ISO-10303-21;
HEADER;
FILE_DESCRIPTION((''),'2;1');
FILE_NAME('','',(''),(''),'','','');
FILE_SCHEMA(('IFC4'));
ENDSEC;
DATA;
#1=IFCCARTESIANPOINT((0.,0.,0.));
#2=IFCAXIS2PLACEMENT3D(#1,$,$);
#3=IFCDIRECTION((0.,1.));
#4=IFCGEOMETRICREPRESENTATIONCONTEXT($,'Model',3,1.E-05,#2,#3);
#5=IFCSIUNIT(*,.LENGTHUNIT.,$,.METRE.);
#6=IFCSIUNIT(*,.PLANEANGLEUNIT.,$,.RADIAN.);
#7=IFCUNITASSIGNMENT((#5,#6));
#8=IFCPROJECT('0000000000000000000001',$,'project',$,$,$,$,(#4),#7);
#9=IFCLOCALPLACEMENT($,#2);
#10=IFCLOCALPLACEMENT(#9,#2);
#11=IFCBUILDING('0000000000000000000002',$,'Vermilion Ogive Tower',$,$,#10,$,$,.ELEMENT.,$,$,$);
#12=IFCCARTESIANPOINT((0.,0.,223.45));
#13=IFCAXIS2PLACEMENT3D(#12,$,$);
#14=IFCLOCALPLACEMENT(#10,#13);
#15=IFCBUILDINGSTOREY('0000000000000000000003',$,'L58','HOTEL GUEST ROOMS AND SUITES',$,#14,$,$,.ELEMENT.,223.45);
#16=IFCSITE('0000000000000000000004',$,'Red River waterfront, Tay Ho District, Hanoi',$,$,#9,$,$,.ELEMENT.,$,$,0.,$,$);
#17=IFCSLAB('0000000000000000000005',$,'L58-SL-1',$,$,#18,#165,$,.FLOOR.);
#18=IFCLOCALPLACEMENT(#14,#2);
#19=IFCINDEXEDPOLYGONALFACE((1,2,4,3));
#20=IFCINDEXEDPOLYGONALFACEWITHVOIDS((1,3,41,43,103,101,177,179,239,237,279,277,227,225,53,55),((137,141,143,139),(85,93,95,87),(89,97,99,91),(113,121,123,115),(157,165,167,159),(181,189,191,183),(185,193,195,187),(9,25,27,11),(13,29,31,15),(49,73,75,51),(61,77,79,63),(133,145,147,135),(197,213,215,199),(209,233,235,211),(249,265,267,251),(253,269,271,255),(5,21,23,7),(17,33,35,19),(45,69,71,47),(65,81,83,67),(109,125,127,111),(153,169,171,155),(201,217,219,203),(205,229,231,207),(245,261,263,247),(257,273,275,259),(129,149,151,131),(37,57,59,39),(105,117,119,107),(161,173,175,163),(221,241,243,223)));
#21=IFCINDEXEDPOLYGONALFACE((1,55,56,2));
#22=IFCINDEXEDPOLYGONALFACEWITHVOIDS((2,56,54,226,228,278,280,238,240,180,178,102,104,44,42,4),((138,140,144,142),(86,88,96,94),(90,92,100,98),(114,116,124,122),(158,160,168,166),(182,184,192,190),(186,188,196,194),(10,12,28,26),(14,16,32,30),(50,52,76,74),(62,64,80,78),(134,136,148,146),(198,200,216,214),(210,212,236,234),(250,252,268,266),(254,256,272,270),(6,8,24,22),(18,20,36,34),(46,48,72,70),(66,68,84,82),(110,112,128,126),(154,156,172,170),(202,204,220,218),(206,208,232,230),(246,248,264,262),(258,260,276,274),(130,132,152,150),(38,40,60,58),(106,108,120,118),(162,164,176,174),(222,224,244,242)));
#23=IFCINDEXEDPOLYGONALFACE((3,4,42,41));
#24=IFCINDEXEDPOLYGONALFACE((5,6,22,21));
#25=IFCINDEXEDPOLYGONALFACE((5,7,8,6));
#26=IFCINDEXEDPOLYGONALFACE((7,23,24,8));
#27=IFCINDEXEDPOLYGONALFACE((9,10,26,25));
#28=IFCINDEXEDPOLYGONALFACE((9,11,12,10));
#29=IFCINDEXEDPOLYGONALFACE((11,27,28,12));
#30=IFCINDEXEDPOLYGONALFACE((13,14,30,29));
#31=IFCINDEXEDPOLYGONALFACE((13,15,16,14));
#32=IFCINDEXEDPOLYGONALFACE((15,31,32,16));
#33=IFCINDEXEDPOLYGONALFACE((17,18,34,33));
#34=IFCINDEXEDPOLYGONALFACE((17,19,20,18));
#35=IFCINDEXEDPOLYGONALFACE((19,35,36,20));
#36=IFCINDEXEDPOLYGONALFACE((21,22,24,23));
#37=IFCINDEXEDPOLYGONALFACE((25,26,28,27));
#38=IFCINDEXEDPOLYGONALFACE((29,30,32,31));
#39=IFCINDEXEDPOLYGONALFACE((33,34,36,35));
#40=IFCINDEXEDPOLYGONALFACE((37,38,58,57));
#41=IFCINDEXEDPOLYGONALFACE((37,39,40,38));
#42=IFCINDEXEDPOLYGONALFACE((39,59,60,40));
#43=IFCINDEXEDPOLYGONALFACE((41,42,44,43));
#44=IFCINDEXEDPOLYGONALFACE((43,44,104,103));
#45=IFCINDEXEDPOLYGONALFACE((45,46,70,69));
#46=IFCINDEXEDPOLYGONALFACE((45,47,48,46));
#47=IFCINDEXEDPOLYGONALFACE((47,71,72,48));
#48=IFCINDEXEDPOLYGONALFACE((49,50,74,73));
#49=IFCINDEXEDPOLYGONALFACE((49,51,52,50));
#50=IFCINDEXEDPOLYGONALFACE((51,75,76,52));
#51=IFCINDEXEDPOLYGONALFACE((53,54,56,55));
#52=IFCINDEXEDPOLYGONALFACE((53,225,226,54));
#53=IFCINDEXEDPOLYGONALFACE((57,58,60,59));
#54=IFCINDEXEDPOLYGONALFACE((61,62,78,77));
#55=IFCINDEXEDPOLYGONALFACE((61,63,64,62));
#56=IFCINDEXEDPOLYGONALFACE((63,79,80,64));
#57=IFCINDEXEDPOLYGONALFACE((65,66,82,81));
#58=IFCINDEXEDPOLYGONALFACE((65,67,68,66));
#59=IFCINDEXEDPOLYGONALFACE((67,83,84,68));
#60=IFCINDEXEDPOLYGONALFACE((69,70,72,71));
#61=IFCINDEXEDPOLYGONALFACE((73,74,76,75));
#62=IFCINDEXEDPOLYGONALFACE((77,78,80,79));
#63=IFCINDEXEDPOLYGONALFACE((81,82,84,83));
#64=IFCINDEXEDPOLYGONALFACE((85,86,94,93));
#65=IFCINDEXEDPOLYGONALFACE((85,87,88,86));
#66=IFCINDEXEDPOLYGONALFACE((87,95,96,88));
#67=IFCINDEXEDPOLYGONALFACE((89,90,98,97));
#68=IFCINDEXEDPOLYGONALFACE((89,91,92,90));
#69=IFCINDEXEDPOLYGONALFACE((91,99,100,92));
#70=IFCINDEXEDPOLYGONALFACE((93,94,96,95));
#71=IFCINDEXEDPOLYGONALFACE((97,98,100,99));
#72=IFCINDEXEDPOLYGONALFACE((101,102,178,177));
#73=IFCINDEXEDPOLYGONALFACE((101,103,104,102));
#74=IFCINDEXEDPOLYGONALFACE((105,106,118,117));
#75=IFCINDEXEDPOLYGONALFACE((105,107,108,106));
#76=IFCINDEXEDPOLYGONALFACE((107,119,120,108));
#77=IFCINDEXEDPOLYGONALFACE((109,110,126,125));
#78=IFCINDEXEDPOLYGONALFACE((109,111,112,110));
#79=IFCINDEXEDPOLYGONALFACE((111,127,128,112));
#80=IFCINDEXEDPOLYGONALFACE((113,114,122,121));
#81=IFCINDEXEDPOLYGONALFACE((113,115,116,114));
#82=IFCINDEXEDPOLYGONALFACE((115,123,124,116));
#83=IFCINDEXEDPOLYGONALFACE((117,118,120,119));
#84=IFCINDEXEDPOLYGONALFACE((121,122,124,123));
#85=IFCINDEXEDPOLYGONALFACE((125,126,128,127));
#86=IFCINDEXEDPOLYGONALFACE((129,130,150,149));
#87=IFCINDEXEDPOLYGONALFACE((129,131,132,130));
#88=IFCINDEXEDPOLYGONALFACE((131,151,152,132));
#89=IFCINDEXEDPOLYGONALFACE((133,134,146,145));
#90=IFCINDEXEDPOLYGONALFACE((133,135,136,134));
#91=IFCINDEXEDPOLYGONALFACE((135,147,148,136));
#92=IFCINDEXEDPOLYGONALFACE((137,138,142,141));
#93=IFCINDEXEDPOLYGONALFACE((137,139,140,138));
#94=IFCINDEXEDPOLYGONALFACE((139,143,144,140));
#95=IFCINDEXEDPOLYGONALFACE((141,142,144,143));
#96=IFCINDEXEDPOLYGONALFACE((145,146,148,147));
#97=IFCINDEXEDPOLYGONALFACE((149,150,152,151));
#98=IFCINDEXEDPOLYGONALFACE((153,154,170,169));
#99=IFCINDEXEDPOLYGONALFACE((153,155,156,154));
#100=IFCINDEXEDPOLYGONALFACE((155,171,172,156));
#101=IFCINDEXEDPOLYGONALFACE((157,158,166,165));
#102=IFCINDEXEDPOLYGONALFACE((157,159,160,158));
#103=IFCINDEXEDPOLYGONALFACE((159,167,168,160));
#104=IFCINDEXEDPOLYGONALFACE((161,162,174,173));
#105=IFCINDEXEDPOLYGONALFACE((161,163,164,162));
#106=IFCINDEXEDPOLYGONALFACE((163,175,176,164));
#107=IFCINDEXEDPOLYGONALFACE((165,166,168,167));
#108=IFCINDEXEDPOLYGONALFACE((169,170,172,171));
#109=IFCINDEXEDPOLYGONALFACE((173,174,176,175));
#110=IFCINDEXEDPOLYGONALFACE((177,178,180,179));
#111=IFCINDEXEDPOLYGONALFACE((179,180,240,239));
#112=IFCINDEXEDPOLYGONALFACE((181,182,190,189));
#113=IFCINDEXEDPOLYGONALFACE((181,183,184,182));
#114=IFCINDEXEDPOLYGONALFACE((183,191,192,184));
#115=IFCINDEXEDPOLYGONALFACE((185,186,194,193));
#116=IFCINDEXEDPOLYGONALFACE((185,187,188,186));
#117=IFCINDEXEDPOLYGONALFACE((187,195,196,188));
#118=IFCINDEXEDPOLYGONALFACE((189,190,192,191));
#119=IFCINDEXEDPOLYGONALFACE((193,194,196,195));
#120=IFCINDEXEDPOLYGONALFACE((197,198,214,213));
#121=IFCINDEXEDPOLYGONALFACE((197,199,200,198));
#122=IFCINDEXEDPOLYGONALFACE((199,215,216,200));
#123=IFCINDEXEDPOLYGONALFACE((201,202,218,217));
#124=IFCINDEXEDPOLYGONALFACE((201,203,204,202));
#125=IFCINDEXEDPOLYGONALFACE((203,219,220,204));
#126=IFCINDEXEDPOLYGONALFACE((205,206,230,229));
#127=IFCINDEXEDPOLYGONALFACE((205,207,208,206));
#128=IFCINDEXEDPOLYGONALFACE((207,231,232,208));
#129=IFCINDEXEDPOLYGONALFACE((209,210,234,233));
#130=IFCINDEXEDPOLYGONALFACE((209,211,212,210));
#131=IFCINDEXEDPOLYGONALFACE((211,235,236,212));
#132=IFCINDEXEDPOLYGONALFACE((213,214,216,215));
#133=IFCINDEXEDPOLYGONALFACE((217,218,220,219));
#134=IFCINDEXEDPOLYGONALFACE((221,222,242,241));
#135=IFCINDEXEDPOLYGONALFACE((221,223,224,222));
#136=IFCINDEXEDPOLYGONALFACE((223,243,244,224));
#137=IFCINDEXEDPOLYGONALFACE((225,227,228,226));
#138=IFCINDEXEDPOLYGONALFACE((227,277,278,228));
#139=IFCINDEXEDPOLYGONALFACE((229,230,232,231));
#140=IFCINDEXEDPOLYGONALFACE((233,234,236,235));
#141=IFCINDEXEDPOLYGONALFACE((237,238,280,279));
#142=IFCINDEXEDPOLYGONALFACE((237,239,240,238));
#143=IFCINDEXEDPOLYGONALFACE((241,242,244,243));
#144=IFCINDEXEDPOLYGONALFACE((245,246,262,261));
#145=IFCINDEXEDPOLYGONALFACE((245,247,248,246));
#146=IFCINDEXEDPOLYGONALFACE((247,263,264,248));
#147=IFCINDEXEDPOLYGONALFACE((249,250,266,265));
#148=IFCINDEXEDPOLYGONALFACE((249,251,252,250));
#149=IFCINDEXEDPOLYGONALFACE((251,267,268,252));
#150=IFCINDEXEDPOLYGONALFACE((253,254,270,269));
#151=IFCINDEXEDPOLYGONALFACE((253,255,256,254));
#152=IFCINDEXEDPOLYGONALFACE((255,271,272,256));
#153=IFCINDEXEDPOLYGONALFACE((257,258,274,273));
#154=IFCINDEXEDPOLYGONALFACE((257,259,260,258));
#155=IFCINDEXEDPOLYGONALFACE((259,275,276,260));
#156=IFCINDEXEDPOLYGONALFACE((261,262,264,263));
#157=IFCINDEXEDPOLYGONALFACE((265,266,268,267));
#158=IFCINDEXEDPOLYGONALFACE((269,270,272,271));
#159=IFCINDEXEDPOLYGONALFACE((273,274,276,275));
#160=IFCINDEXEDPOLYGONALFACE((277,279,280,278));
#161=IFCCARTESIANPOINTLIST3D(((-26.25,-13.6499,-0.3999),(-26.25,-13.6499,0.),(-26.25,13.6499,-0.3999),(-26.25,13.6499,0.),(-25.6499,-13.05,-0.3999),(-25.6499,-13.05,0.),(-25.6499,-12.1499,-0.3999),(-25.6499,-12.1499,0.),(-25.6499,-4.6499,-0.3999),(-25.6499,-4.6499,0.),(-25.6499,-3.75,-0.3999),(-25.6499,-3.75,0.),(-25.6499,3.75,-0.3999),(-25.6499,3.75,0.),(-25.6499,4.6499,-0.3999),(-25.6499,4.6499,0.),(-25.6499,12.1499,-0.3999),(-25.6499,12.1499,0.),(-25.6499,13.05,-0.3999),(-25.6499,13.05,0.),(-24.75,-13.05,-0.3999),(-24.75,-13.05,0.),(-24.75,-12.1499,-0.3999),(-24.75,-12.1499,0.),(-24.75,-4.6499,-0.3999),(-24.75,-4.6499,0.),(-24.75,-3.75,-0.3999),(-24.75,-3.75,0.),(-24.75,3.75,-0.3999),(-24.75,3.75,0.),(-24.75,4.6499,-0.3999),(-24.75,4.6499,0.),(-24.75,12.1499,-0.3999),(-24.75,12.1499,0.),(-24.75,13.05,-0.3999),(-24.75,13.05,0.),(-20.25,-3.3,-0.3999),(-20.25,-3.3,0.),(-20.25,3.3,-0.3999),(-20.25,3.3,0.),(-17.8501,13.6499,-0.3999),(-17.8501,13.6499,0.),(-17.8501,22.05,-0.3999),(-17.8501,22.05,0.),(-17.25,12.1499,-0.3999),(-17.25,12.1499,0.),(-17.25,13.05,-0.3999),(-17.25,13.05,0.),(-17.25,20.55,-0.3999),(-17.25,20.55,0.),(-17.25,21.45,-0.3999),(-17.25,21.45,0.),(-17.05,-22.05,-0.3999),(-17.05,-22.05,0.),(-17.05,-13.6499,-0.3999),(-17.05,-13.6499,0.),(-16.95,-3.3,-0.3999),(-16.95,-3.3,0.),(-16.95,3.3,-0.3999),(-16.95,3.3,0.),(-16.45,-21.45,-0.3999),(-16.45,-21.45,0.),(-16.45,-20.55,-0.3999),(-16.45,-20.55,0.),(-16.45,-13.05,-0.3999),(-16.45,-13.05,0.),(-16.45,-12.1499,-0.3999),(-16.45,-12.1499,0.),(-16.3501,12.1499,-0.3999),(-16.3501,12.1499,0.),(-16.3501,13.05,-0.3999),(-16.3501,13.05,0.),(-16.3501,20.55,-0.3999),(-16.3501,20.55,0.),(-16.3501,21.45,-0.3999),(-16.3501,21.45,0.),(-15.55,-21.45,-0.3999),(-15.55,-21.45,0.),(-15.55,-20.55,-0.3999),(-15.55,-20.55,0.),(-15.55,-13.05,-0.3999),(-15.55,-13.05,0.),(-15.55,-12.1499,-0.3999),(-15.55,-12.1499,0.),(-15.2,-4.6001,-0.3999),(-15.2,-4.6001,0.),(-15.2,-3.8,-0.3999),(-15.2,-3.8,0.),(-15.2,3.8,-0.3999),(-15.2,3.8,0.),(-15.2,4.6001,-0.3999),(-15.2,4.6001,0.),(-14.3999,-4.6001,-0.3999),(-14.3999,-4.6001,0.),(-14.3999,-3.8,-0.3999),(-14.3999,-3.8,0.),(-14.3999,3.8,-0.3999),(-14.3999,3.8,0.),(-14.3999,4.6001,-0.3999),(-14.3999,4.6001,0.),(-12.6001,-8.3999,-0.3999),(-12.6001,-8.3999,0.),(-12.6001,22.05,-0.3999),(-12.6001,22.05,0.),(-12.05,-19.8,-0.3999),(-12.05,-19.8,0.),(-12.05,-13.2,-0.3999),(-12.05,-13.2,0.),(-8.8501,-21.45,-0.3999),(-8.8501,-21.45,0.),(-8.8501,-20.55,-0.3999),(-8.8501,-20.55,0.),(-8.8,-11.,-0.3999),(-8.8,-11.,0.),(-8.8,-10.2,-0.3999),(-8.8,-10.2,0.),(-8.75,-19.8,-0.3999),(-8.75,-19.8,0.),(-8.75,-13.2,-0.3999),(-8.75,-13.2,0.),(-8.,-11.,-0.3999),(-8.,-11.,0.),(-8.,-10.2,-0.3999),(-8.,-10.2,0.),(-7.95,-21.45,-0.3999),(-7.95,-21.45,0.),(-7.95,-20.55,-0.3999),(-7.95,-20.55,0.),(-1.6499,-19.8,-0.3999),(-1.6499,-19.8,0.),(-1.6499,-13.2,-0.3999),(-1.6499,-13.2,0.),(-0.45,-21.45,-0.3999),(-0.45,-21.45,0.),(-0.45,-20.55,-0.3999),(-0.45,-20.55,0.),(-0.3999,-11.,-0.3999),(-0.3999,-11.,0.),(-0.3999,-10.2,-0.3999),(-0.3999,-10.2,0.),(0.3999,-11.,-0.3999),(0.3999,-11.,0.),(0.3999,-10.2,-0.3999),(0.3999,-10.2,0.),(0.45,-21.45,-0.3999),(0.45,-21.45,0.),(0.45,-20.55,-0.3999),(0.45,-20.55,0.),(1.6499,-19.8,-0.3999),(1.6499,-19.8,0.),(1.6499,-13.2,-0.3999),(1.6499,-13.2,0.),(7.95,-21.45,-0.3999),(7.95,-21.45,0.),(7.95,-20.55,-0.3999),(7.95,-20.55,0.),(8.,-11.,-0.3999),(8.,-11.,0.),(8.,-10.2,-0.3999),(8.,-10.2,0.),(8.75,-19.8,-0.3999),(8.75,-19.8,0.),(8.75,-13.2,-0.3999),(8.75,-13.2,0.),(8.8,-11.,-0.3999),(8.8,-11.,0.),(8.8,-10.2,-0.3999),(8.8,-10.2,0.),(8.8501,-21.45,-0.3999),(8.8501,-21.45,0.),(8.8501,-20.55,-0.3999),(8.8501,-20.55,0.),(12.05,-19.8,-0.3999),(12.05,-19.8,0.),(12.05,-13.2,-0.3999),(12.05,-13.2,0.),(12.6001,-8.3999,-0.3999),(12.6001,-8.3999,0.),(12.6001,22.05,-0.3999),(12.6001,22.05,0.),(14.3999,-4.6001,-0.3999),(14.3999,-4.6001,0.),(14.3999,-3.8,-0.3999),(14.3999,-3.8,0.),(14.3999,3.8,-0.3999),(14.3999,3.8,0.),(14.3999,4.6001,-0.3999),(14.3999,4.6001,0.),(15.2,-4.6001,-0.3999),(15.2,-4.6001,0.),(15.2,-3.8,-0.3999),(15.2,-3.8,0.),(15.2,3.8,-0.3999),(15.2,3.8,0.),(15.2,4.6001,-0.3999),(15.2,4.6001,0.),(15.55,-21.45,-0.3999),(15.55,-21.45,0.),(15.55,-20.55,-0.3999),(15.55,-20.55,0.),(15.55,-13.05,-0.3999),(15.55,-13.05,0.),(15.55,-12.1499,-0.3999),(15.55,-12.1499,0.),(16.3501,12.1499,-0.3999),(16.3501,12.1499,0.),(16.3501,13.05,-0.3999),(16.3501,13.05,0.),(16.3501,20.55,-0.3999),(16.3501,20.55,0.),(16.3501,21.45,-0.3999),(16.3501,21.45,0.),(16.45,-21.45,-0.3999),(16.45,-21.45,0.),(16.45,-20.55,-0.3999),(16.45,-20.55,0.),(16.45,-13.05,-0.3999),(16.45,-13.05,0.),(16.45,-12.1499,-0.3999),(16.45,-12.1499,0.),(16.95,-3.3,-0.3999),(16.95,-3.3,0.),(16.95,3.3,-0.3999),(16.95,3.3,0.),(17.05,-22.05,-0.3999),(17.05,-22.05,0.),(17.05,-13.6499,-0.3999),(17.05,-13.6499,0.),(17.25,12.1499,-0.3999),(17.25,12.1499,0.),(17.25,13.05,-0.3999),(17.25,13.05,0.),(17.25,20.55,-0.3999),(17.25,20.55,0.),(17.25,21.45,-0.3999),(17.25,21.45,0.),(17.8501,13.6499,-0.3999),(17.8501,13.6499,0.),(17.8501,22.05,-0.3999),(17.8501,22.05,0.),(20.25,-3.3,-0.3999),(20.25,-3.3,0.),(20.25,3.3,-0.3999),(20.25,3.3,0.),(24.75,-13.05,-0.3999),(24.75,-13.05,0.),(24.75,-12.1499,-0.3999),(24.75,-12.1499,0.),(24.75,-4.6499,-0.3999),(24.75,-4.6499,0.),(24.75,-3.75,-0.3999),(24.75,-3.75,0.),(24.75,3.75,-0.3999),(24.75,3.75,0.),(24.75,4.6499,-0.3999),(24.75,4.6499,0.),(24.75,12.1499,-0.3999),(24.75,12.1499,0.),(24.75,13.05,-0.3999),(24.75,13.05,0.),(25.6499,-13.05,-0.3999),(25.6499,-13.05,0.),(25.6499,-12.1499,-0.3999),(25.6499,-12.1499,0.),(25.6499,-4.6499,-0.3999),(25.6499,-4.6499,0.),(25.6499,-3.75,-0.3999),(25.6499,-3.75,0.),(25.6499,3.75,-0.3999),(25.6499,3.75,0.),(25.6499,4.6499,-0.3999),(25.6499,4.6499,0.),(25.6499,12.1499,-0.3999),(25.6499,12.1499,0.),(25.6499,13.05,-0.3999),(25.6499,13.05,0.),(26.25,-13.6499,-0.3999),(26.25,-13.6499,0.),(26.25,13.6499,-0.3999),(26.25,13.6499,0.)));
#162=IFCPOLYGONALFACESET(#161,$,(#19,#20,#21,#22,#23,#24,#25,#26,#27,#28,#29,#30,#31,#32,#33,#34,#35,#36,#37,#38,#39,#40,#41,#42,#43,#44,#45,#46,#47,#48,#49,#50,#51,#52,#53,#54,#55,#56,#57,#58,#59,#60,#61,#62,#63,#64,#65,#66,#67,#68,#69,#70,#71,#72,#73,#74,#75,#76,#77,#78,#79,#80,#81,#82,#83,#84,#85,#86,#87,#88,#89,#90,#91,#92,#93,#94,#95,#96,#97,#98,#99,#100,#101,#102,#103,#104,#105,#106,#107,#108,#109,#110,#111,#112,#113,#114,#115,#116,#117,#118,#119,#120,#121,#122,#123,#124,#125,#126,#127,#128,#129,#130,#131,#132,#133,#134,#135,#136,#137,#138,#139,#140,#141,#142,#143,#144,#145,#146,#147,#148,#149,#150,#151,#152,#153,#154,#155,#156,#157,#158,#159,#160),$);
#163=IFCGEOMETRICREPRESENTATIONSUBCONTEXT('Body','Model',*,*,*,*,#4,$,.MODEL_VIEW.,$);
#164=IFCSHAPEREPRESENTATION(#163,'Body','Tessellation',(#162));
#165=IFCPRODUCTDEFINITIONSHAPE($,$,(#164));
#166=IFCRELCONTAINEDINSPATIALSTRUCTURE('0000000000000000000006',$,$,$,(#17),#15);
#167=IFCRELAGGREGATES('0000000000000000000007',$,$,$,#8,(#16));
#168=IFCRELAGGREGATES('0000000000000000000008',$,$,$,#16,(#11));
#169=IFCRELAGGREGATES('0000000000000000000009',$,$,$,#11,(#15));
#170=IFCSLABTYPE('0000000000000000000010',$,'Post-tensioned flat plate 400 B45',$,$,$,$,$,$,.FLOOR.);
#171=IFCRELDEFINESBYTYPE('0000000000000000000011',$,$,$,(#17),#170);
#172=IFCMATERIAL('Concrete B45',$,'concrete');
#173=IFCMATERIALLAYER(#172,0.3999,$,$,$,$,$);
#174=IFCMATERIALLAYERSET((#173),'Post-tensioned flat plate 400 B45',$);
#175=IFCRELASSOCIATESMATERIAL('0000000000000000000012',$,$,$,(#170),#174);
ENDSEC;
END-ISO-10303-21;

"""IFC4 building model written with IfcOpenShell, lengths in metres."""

from ifc_helpers import new_model, si_unit, direction, frame, origin, place, context, subcontext, project, spatial, polyline, outline, extrude, material, layer, layer_set, type_object, element, save


model = new_model("IFC4")

# Units and contexts
model_context = context("Model", 3, precision=1e-05, world=origin(), true_north=direction((0.0, 1.0)))
body_context = subcontext(model_context, "Body", "Model", "MODEL_VIEW")
ifc_project = project(units=[si_unit("LENGTHUNIT", "METRE"), si_unit("PLANEANGLEUNIT", "RADIAN")], contexts=[model_context])

# Site, building, storey
site_placement = place(None, origin())
site = spatial("IfcSite", under=ifc_project, at=site_placement, Name="Red River waterfront, Tay Ho District, Hanoi", CompositionType="ELEMENT", RefElevation=0.0)
building_placement = place(site_placement, origin())
building = spatial("IfcBuilding", under=site, at=building_placement, Name="Vermilion Ogive Tower", CompositionType="ELEMENT")
storey_placement = place(building_placement, frame((0.0, 0.0, 223.45)))
storey = spatial("IfcBuildingStorey", under=building, at=storey_placement, Name="L58", Description="HOTEL GUEST ROOMS AND SUITES", CompositionType="ELEMENT", Elevation=223.45)

# Slab
ifc_material_1 = material(Name="Concrete B45", Category="concrete")
ifc_layer_1 = layer(ifc_material_1, 0.3999)
ifc_layer_set_1 = layer_set([ifc_layer_1], Name="Post-tensioned flat plate 400 B45")
slab_type = type_object("IfcSlabType", Name="Post-tensioned flat plate 400 B45", PredefinedType="FLOOR", material=ifc_layer_set_1)
slab_placement = place(storey_placement, frame((0.0, 0.0, -0.3999)))
element("IfcSlab", 1, at=slab_placement, inside=storey, type_object=slab_type, Name="L58-SL-1", PredefinedType="FLOOR", context=body_context, shape_type="SweptSolid", body=[
    extrude(outline(polyline([(-17.05, -13.6499), (-26.25, -13.6499), (-26.25, 13.6499), (-17.8501, 13.6499), (-17.8501, 22.05), (-12.6001, 22.05), (-12.6001, -8.3999), (12.6001, -8.3999), (12.6001, 22.05), (17.8501, 22.05), (17.8501, 13.6499), (26.25, 13.6499), (26.25, -13.6499), (17.05, -13.6499), (17.05, -22.05), (-17.05, -22.05), (-17.05, -13.6499)]), holes=[polyline([(25.6499, -4.6499), (25.6499, -3.75), (24.75, -3.75), (24.75, -4.6499), (25.6499, -4.6499)]), polyline([(25.6499, -13.05), (25.6499, -12.1499), (24.75, -12.1499), (24.75, -13.05), (25.6499, -13.05)]), polyline([(24.75, 12.1499), (25.6499, 12.1499), (25.6499, 13.05), (24.75, 13.05), (24.75, 12.1499)]), polyline([(24.75, 3.75), (25.6499, 3.75), (25.6499, 4.6499), (24.75, 4.6499), (24.75, 3.75)]), polyline([(20.25, -3.3), (20.25, 3.3), (16.95, 3.3), (16.95, -3.3), (20.25, -3.3)]), polyline([(17.25, 12.1499), (17.25, 13.05), (16.3501, 13.05), (16.3501, 12.1499), (17.25, 12.1499)]), polyline([(16.3501, 20.55), (17.25, 20.55), (17.25, 21.45), (16.3501, 21.45), (16.3501, 20.55)]), polyline([(16.45, -13.05), (16.45, -12.1499), (15.55, -12.1499), (15.55, -13.05), (16.45, -13.05)]), polyline([(16.45, -21.45), (16.45, -20.55), (15.55, -20.55), (15.55, -21.45), (16.45, -21.45)]), polyline([(15.2, 3.8), (15.2, 4.6001), (14.3999, 4.6001), (14.3999, 3.8), (15.2, 3.8)]), polyline([(14.3999, -4.6001), (15.2, -4.6001), (15.2, -3.8), (14.3999, -3.8), (14.3999, -4.6001)]), polyline([(12.05, -19.8), (12.05, -13.2), (8.75, -13.2), (8.75, -19.8), (12.05, -19.8)]), polyline([(8.8501, -21.45), (8.8501, -20.55), (7.95, -20.55), (7.95, -21.45), (8.8501, -21.45)]), polyline([(8.0, -11.0), (8.8, -11.0), (8.8, -10.2), (8.0, -10.2), (8.0, -11.0)]), polyline([(1.6499, -19.8), (1.6499, -13.2), (-1.6499, -13.2), (-1.6499, -19.8), (1.6499, -19.8)]), polyline([(0.45, -21.45), (0.45, -20.55), (-0.45, -20.55), (-0.45, -21.45), (0.45, -21.45)]), polyline([(0.3999, -11.0), (0.3999, -10.2), (-0.3999, -10.2), (-0.3999, -11.0), (0.3999, -11.0)]), polyline([(-7.95, -21.45), (-7.95, -20.55), (-8.8501, -20.55), (-8.8501, -21.45), (-7.95, -21.45)]), polyline([(-8.0, -11.0), (-8.0, -10.2), (-8.8, -10.2), (-8.8, -11.0), (-8.0, -11.0)]), polyline([(-8.75, -19.8), (-8.75, -13.2), (-12.05, -13.2), (-12.05, -19.8), (-8.75, -19.8)]), polyline([(-14.3999, 3.8), (-14.3999, 4.6001), (-15.2, 4.6001), (-15.2, 3.8), (-14.3999, 3.8)]), polyline([(-15.2, -4.6001), (-14.3999, -4.6001), (-14.3999, -3.8), (-15.2, -3.8), (-15.2, -4.6001)]), polyline([(-15.55, -13.05), (-15.55, -12.1499), (-16.45, -12.1499), (-16.45, -13.05), (-15.55, -13.05)]), polyline([(-15.55, -21.45), (-15.55, -20.55), (-16.45, -20.55), (-16.45, -21.45), (-15.55, -21.45)]), polyline([(-16.3501, 12.1499), (-16.3501, 13.05), (-17.25, 13.05), (-17.25, 12.1499), (-16.3501, 12.1499)]), polyline([(-17.25, 20.55), (-16.3501, 20.55), (-16.3501, 21.45), (-17.25, 21.45), (-17.25, 20.55)]), polyline([(-16.95, -3.3), (-16.95, 3.3), (-20.25, 3.3), (-20.25, -3.3), (-16.95, -3.3)]), polyline([(-25.6499, 3.75), (-24.75, 3.75), (-24.75, 4.6499), (-25.6499, 4.6499), (-25.6499, 3.75)]), polyline([(-24.75, 12.1499), (-24.75, 13.05), (-25.6499, 13.05), (-25.6499, 12.1499), (-24.75, 12.1499)]), polyline([(-24.75, -4.6499), (-24.75, -3.75), (-25.6499, -3.75), (-25.6499, -4.6499), (-24.75, -4.6499)]), polyline([(-24.75, -13.05), (-24.75, -12.1499), (-25.6499, -12.1499), (-25.6499, -13.05), (-24.75, -13.05)])]), origin(), (0.0, 0.0, 1.0), 0.3999),
])

save(model, "model.ifc")
